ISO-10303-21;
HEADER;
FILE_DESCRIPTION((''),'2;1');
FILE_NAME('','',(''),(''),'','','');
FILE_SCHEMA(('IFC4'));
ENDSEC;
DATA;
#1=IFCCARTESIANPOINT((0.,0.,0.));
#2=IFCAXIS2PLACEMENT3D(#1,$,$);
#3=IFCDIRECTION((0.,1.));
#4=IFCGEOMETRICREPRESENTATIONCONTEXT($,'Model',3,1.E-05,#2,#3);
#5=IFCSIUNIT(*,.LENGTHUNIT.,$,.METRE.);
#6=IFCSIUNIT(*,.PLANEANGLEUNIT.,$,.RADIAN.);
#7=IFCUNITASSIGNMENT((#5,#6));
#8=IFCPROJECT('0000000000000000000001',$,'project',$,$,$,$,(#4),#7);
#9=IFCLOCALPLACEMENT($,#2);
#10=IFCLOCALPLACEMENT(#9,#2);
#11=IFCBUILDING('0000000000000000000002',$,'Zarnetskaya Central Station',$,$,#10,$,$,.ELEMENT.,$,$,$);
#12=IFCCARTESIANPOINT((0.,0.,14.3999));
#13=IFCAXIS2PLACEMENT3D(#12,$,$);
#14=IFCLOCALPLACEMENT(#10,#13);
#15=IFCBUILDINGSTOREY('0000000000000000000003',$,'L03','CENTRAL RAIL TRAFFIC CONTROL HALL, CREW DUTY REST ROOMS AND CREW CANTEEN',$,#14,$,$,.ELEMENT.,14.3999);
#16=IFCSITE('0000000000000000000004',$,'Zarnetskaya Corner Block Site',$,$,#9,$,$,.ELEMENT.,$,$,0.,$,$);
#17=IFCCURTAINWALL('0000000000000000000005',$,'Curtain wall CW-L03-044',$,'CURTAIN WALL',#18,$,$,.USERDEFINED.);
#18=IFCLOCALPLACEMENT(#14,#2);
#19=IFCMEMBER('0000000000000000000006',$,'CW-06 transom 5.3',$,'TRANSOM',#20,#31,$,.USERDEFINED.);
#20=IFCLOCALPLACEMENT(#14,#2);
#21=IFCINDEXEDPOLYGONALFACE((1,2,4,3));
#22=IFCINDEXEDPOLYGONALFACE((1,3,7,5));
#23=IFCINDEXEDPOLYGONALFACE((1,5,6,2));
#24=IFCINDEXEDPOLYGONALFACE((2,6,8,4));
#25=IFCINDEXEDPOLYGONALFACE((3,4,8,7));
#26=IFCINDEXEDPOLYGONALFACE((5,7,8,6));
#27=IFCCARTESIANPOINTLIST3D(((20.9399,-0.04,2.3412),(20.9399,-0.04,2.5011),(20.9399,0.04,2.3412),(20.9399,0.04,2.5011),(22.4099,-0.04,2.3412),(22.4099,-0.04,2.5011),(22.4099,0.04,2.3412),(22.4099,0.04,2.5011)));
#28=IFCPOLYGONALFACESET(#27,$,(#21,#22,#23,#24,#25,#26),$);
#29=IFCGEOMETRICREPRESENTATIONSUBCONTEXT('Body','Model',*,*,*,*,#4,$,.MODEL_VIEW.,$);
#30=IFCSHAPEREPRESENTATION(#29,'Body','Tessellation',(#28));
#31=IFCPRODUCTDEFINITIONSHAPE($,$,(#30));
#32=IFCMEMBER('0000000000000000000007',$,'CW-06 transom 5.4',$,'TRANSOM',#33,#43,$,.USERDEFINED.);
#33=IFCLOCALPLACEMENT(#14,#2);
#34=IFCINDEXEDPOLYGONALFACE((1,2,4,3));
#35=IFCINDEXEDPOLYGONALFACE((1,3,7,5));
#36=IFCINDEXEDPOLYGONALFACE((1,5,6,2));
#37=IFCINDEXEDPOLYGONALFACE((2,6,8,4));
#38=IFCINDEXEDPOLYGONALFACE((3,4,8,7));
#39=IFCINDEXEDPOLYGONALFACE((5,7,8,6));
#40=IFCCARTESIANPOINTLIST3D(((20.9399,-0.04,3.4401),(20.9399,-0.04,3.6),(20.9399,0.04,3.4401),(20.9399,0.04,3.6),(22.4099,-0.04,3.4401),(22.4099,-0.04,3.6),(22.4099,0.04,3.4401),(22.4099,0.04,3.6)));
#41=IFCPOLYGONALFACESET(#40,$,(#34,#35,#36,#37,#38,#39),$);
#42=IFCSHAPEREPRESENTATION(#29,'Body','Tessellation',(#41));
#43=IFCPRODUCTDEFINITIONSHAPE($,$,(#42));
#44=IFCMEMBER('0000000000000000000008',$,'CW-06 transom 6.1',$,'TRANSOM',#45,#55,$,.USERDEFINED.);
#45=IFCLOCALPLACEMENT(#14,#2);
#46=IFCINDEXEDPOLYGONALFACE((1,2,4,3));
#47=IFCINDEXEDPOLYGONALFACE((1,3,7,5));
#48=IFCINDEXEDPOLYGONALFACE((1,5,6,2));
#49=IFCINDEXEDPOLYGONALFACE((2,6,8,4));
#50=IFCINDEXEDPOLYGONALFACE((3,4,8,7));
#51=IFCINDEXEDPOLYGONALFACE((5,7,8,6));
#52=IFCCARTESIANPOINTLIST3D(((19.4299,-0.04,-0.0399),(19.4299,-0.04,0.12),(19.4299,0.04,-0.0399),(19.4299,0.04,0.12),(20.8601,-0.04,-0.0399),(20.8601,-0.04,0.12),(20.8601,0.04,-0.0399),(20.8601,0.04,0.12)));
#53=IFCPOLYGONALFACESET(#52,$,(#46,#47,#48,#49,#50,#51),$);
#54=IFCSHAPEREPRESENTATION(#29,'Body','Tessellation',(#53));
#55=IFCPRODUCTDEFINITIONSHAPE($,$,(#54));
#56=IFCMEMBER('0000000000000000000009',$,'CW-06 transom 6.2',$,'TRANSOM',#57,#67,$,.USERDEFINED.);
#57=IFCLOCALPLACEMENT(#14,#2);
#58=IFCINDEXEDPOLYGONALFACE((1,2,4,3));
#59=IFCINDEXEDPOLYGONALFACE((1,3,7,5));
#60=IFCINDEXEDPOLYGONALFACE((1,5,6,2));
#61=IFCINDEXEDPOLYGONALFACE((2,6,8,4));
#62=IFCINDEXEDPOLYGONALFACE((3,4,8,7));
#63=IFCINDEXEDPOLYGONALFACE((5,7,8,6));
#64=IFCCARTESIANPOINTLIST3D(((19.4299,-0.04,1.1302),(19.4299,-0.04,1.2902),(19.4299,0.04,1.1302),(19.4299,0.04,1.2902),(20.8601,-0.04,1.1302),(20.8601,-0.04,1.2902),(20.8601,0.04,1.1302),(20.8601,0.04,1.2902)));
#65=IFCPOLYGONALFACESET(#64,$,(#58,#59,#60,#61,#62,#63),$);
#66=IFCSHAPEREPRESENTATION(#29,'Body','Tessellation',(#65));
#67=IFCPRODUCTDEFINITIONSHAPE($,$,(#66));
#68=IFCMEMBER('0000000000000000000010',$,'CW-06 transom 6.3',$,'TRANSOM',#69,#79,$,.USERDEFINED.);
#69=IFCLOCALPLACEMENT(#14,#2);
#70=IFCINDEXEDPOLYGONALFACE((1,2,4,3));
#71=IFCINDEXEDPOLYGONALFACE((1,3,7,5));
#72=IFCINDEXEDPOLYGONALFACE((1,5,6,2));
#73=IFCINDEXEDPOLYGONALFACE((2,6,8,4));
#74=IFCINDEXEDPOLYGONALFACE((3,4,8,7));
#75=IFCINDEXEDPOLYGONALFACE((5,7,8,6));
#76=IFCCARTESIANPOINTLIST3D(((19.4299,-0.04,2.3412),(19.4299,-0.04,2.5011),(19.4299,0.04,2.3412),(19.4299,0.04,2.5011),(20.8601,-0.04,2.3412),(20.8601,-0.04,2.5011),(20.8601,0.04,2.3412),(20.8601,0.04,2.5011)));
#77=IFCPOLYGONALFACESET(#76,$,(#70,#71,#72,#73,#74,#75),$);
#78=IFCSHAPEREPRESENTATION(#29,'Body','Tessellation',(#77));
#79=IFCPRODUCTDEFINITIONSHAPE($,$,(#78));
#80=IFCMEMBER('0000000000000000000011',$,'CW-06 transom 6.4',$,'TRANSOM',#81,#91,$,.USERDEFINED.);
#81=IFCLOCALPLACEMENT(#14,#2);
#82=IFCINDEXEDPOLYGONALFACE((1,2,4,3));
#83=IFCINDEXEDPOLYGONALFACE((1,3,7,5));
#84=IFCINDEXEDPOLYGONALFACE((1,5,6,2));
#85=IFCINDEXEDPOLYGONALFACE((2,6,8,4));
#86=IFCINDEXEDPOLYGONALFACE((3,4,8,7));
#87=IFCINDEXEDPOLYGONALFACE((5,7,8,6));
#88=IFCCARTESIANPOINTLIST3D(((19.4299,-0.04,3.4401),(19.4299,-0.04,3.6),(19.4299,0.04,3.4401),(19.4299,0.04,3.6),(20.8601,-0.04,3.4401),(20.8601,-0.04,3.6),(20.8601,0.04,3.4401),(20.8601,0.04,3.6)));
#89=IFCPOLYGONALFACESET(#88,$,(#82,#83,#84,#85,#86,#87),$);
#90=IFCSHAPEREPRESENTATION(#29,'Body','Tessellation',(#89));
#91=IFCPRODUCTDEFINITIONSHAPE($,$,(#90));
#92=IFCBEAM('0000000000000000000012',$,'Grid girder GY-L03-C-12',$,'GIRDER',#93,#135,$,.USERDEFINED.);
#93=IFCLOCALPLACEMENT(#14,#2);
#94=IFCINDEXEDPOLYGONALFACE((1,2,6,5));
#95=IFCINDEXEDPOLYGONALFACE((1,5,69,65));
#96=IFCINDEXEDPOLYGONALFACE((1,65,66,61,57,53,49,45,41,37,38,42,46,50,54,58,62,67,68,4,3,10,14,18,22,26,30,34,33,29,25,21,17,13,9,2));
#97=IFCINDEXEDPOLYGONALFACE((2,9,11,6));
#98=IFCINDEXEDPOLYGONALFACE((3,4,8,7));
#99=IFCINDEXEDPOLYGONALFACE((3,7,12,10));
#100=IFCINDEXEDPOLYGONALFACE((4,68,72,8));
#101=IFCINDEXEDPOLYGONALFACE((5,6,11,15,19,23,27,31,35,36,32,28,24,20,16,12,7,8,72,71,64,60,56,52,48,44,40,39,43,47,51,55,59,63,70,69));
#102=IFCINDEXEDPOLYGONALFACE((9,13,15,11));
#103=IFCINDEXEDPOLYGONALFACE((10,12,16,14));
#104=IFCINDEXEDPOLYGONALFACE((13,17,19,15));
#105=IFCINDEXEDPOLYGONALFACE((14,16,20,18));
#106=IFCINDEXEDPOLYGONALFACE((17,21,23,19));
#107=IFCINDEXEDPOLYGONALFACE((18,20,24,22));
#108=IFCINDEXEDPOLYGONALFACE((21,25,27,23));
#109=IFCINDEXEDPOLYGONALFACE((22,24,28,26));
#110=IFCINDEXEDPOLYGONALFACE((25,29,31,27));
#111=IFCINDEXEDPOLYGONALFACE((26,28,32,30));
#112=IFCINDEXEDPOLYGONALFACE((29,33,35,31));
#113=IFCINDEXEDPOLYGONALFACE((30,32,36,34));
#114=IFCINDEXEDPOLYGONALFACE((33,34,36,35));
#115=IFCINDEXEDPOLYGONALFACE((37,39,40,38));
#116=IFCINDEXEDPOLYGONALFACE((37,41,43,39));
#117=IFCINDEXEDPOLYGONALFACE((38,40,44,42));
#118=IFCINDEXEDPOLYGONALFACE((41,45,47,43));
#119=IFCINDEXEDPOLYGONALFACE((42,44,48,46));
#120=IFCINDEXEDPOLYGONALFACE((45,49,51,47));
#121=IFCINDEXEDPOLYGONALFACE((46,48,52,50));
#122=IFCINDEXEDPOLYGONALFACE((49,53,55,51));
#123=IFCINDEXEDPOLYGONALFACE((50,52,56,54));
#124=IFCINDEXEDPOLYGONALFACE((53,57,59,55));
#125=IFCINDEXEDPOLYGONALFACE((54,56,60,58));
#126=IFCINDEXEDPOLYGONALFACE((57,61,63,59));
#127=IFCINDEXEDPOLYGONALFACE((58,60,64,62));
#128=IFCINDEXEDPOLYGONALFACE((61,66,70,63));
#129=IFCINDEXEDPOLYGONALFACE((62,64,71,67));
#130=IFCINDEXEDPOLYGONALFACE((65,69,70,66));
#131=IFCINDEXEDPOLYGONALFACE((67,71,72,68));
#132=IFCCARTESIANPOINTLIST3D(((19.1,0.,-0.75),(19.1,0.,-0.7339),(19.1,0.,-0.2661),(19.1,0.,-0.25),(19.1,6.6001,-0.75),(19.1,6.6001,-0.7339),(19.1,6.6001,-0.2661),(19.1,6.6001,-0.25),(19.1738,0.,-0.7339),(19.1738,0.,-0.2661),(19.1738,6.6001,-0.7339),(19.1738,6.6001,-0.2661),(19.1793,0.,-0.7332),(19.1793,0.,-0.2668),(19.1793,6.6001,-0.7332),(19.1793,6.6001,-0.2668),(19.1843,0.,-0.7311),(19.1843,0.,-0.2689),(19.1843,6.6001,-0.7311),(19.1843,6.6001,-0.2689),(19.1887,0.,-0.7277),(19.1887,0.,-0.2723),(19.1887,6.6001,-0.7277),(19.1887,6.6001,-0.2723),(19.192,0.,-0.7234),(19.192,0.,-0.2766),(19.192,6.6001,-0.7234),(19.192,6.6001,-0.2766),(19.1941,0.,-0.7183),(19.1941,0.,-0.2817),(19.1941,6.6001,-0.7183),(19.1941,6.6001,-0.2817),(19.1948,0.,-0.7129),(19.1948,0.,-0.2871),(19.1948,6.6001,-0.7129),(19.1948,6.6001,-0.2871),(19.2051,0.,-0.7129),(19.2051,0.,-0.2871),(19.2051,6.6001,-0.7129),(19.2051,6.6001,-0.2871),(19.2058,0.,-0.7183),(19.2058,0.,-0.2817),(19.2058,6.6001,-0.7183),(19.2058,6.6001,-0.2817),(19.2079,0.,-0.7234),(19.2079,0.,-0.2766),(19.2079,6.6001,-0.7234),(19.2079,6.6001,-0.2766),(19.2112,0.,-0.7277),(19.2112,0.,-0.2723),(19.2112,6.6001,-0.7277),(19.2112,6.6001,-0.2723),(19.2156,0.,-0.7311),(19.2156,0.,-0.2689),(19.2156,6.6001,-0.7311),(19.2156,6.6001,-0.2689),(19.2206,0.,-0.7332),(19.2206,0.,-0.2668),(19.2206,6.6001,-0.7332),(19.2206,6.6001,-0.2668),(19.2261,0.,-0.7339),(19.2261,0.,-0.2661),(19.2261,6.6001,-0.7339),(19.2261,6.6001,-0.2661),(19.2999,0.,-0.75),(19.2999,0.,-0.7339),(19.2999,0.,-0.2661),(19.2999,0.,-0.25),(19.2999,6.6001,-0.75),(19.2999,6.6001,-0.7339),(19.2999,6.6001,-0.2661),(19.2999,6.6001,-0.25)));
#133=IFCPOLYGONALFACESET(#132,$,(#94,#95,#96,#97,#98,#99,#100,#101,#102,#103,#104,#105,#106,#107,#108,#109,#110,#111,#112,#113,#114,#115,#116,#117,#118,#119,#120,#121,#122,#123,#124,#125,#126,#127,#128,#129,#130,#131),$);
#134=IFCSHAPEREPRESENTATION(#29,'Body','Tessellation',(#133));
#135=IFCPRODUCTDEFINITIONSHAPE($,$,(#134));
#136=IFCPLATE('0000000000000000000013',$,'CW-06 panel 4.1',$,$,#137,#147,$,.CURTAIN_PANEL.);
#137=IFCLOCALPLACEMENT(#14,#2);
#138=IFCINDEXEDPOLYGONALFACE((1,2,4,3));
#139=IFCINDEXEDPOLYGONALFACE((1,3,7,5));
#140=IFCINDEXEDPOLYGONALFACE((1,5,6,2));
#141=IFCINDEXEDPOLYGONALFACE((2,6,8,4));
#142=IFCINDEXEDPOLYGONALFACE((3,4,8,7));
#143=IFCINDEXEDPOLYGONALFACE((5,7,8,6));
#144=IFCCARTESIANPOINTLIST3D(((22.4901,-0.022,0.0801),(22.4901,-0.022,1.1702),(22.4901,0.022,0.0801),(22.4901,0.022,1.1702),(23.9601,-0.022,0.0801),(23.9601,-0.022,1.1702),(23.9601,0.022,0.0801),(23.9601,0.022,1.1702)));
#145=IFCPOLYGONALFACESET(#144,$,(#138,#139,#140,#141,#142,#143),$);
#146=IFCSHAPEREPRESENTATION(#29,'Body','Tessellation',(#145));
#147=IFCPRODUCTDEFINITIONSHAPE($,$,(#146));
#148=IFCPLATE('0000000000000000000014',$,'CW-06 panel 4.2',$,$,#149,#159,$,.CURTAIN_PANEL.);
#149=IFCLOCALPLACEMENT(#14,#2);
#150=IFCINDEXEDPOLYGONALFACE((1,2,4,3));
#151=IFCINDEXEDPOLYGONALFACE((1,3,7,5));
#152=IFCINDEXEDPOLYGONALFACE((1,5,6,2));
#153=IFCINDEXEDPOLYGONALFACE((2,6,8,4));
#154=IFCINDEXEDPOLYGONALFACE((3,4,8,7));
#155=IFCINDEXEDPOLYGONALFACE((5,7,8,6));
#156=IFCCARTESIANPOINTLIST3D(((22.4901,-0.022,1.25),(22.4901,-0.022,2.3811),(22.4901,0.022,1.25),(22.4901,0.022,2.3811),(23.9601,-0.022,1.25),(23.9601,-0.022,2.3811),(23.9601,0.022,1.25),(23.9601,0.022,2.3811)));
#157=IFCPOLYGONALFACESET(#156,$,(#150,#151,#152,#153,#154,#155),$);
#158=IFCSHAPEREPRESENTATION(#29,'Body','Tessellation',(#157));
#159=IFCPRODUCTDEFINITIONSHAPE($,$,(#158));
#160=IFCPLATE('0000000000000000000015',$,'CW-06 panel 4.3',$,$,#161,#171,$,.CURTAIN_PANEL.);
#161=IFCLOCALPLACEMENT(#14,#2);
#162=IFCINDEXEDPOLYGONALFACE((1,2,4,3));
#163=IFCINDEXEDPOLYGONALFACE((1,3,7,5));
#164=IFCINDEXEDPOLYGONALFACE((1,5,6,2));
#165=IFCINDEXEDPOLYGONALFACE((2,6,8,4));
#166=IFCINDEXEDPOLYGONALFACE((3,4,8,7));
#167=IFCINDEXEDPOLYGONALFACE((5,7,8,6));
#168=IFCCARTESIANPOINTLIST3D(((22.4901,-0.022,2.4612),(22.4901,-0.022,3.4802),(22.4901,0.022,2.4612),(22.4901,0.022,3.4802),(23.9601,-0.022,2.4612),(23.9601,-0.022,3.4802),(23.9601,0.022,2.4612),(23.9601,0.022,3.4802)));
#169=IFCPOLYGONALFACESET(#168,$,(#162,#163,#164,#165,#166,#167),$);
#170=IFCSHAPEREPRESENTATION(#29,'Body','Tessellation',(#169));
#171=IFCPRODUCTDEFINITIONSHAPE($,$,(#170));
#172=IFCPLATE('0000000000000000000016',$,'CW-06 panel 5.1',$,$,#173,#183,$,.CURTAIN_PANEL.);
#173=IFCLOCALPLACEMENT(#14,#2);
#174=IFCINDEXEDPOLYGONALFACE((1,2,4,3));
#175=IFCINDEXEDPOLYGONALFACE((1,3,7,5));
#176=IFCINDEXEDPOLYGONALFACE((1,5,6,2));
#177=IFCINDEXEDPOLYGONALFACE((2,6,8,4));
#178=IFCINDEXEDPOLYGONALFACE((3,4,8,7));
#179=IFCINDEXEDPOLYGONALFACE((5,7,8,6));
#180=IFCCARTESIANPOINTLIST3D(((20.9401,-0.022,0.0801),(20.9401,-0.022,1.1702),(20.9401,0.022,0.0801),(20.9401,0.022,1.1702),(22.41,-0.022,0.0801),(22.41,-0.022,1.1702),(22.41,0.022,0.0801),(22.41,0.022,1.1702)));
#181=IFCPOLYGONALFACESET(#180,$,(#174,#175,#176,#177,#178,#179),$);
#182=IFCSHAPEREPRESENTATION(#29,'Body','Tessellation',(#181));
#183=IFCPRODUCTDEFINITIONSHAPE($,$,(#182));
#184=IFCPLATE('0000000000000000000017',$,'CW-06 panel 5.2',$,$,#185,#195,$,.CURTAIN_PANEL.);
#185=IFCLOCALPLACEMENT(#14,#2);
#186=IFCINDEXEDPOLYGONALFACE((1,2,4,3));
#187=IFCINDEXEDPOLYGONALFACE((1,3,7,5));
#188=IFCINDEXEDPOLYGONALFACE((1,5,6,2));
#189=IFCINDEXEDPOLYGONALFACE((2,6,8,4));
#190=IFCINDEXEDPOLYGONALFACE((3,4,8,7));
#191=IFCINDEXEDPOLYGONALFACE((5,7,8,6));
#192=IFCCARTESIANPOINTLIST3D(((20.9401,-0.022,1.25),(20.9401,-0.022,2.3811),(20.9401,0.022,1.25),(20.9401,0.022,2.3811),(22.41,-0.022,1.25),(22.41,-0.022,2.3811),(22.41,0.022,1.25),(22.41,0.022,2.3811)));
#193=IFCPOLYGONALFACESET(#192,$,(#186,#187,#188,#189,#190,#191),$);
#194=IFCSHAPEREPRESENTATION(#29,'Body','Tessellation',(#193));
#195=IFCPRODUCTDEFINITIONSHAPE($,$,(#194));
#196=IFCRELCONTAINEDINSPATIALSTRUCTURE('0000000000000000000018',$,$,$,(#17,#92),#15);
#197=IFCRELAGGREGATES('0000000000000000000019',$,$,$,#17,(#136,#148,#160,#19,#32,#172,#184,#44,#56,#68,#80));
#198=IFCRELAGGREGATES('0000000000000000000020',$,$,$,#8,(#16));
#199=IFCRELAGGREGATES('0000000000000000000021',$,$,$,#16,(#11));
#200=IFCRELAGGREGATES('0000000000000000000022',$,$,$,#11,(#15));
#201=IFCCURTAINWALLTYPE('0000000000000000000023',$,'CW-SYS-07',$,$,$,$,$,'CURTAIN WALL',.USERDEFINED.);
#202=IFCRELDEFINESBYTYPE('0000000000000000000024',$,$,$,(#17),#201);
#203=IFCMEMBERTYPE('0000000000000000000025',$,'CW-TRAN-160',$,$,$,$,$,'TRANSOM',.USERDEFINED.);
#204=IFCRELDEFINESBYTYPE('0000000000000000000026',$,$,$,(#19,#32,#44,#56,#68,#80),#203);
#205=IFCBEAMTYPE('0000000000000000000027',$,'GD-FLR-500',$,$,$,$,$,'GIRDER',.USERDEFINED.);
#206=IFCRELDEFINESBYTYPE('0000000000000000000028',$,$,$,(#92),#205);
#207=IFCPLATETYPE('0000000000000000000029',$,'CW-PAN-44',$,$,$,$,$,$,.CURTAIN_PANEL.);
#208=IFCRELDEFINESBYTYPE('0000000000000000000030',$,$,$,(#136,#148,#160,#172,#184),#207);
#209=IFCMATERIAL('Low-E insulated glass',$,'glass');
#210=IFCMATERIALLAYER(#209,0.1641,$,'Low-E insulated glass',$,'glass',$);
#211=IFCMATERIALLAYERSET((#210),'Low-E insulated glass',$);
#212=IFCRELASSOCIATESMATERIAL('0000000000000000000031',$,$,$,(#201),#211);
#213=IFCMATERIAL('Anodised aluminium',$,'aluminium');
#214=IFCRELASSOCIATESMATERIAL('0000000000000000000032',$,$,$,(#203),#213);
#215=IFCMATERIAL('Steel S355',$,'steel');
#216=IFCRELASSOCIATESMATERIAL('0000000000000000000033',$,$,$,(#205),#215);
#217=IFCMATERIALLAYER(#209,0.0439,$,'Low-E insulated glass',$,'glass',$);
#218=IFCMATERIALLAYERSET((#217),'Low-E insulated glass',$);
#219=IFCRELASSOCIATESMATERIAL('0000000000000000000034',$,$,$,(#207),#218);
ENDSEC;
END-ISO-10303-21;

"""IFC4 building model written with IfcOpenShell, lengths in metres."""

from ifc_helpers import new_model, si_unit, direction, frame, origin, origin_2d, place, context, subcontext, project, spatial, rectangle, i_section, extrude, material, layer, layer_set, material_profile, profile_set, type_object, element, aggregate, save


model = new_model("IFC4")

# Units and contexts
model_context = context("Model", 3, precision=1e-05, world=origin(), true_north=direction((0.0, 1.0)))
body_context = subcontext(model_context, "Body", "Model", "MODEL_VIEW")
ifc_project = project(units=[si_unit("LENGTHUNIT", "METRE"), si_unit("PLANEANGLEUNIT", "RADIAN")], contexts=[model_context])

# Site, building, storey
site_placement = place(None, origin())
site = spatial("IfcSite", under=ifc_project, at=site_placement, Name="Zarnetskaya Corner Block Site", CompositionType="ELEMENT", RefElevation=0.0)
building_placement = place(site_placement, origin())
building = spatial("IfcBuilding", under=site, at=building_placement, Name="Zarnetskaya Central Station", CompositionType="ELEMENT")
storey_placement = place(building_placement, frame((0.0, 0.0, 14.3999)))
storey = spatial("IfcBuildingStorey", under=building, at=storey_placement, Name="L03", Description="CENTRAL RAIL TRAFFIC CONTROL HALL, CREW DUTY REST ROOMS AND CREW CANTEEN", CompositionType="ELEMENT", Elevation=14.3999)

# Shared definitions
ifc_material_1 = material(Name="Steel S355", Category="steel")

# Shared definitions
ifc_material_2 = material(Name="Low-E insulated glass", Category="glass")
ifc_material_3 = material(Name="Anodised aluminium", Category="aluminium")

# Curtain wall, members
ifc_layer_1 = layer(ifc_material_2, 0.1641, Name="Low-E insulated glass", Category="glass")
ifc_layer_set_1 = layer_set([ifc_layer_1], Name="Low-E insulated glass")
curtain_wall_type_1 = type_object("IfcCurtainWallType", Name="CW-SYS-07", ElementType="CURTAIN WALL", PredefinedType="USERDEFINED", material=ifc_layer_set_1)
curtain_wall_1_placement = place(storey_placement, origin())
curtain_wall_1 = element("IfcCurtainWall", 1, at=curtain_wall_1_placement, inside=storey, type_object=curtain_wall_type_1, Name="Curtain wall CW-L03-044", ObjectType="CURTAIN WALL", PredefinedType="USERDEFINED")
ifc_material_profile_1 = material_profile(ifc_material_3, rectangle(XDim=0.0801, YDim=0.1599, at=origin_2d()), Name="ALU TRAN 80x160")
ifc_profile_set_1 = profile_set([ifc_material_profile_1], Name="Anodised aluminium")
member_type_1 = type_object("IfcMemberType", Name="CW-TRAN-160", ElementType="TRANSOM", PredefinedType="USERDEFINED", material=ifc_profile_set_1)
member_1_placement = place(storey_placement, frame((22.4099, 0.0, 2.4211), z_axis=(-1.0, 0.0, 0.0), x_axis=(0.0, -1.0, 0.0)))
member_1 = element("IfcMember", 2, at=member_1_placement, type_object=member_type_1, Name="CW-06 transom 5.3", ObjectType="TRANSOM", PredefinedType="USERDEFINED", context=body_context, shape_type="SweptSolid", body=[
    extrude(rectangle(XDim=0.0801, YDim=0.1599, at=origin_2d()), origin(), (0.0, 0.0, 1.0), 1.47),
])
member_2_placement = place(storey_placement, frame((22.4099, 0.0, 3.52), z_axis=(-1.0, 0.0, 0.0), x_axis=(0.0, -1.0, 0.0)))
member_2 = element("IfcMember", 3, at=member_2_placement, type_object=member_type_1, Name="CW-06 transom 5.4", ObjectType="TRANSOM", PredefinedType="USERDEFINED", context=body_context, shape_type="SweptSolid", body=[
    extrude(rectangle(XDim=0.0801, YDim=0.1599, at=origin_2d()), origin(), (0.0, 0.0, 1.0), 1.47),
])
member_3_placement = place(storey_placement, frame((20.8601, 0.0, 0.04), z_axis=(-1.0, 0.0, 0.0), x_axis=(0.0, -1.0, 0.0)))
member_3 = element("IfcMember", 4, at=member_3_placement, type_object=member_type_1, Name="CW-06 transom 6.1", ObjectType="TRANSOM", PredefinedType="USERDEFINED", context=body_context, shape_type="SweptSolid", body=[
    extrude(rectangle(XDim=0.0801, YDim=0.1599, at=origin_2d()), origin(), (0.0, 0.0, 1.0), 1.4302),
])
member_4_placement = place(storey_placement, frame((20.8601, 0.0, 1.2102), z_axis=(-1.0, 0.0, 0.0), x_axis=(0.0, -1.0, 0.0)))
member_4 = element("IfcMember", 5, at=member_4_placement, type_object=member_type_1, Name="CW-06 transom 6.2", ObjectType="TRANSOM", PredefinedType="USERDEFINED", context=body_context, shape_type="SweptSolid", body=[
    extrude(rectangle(XDim=0.0801, YDim=0.1599, at=origin_2d()), origin(), (0.0, 0.0, 1.0), 1.4302),
])
member_5_placement = place(storey_placement, frame((20.8601, 0.0, 2.4211), z_axis=(-1.0, 0.0, 0.0), x_axis=(0.0, -1.0, 0.0)))
member_5 = element("IfcMember", 6, at=member_5_placement, type_object=member_type_1, Name="CW-06 transom 6.3", ObjectType="TRANSOM", PredefinedType="USERDEFINED", context=body_context, shape_type="SweptSolid", body=[
    extrude(rectangle(XDim=0.0801, YDim=0.1599, at=origin_2d()), origin(), (0.0, 0.0, 1.0), 1.4302),
])
member_6_placement = place(storey_placement, frame((20.8601, 0.0, 3.52), z_axis=(-1.0, 0.0, 0.0), x_axis=(0.0, -1.0, 0.0)))
member_6 = element("IfcMember", 7, at=member_6_placement, type_object=member_type_1, Name="CW-06 transom 6.4", ObjectType="TRANSOM", PredefinedType="USERDEFINED", context=body_context, shape_type="SweptSolid", body=[
    extrude(rectangle(XDim=0.0801, YDim=0.1599, at=origin_2d()), origin(), (0.0, 0.0, 1.0), 1.4302),
])

# Beam
ifc_material_profile_2 = material_profile(ifc_material_1, i_section(OverallWidth=0.2, OverallDepth=0.5, WebThickness=0.0103, FlangeThickness=0.0161, FilletRadius=0.021, at=origin_2d()), Name="IPE 500")
ifc_profile_set_2 = profile_set([ifc_material_profile_2], Name="Steel S355")
beam_type_1 = type_object("IfcBeamType", Name="GD-FLR-500", ElementType="GIRDER", PredefinedType="USERDEFINED", material=ifc_profile_set_2)
beam_1_placement = place(storey_placement, frame((19.2, 0.0, -0.5), z_axis=(0.0, 1.0, 0.0), x_axis=(-1.0, 0.0, 0.0)))
element("IfcBeam", 8, at=beam_1_placement, inside=storey, type_object=beam_type_1, Name="Grid girder GY-L03-C-12", ObjectType="GIRDER", PredefinedType="USERDEFINED", context=body_context, shape_type="SweptSolid", body=[
    extrude(i_section(OverallWidth=0.2, OverallDepth=0.5, WebThickness=0.0103, FlangeThickness=0.0161, FilletRadius=0.021, at=origin_2d()), origin(), (0.0, 0.0, 1.0), 6.6001),
])

# Plates
ifc_layer_2 = layer(ifc_material_2, 0.0439, Name="Low-E insulated glass", Category="glass")
ifc_layer_set_2 = layer_set([ifc_layer_2], Name="Low-E insulated glass")
plate_type = type_object("IfcPlateType", Name="CW-PAN-44", PredefinedType="CURTAIN_PANEL", material=ifc_layer_set_2)
plate_1_placement = place(storey_placement, frame((23.2251, 0.0, 0.0801), z_axis=(0.0, 0.0, 1.0), x_axis=(-1.0, 0.0, 0.0)))
plate_1 = element("IfcPlate", 9, at=plate_1_placement, type_object=plate_type, Name="CW-06 panel 4.1", PredefinedType="CURTAIN_PANEL", context=body_context, shape_type="SweptSolid", body=[
    extrude(rectangle(XDim=1.47, YDim=0.0439, at=origin_2d()), origin(), (0.0, 0.0, 1.0), 1.0901),
])
plate_2_placement = place(storey_placement, frame((23.2251, 0.0, 1.25), z_axis=(0.0, 0.0, 1.0), x_axis=(-1.0, 0.0, 0.0)))
plate_2 = element("IfcPlate", 10, at=plate_2_placement, type_object=plate_type, Name="CW-06 panel 4.2", PredefinedType="CURTAIN_PANEL", context=body_context, shape_type="SweptSolid", body=[
    extrude(rectangle(XDim=1.47, YDim=0.0439, at=origin_2d()), origin(), (0.0, 0.0, 1.0), 1.1311),
])
plate_3_placement = place(storey_placement, frame((23.2251, 0.0, 2.4612), z_axis=(0.0, 0.0, 1.0), x_axis=(-1.0, 0.0, 0.0)))
plate_3 = element("IfcPlate", 11, at=plate_3_placement, type_object=plate_type, Name="CW-06 panel 4.3", PredefinedType="CURTAIN_PANEL", context=body_context, shape_type="SweptSolid", body=[
    extrude(rectangle(XDim=1.47, YDim=0.0439, at=origin_2d()), origin(), (0.0, 0.0, 1.0), 1.019),
])
plate_4_placement = place(storey_placement, frame((21.675, 0.0, 0.0801), z_axis=(0.0, 0.0, 1.0), x_axis=(-1.0, 0.0, 0.0)))
plate_4 = element("IfcPlate", 12, at=plate_4_placement, type_object=plate_type, Name="CW-06 panel 5.1", PredefinedType="CURTAIN_PANEL", context=body_context, shape_type="SweptSolid", body=[
    extrude(rectangle(XDim=1.47, YDim=0.0439, at=origin_2d()), origin(), (0.0, 0.0, 1.0), 1.0901),
])
plate_5_placement = place(storey_placement, frame((21.675, 0.0, 1.25), z_axis=(0.0, 0.0, 1.0), x_axis=(-1.0, 0.0, 0.0)))
plate_5 = element("IfcPlate", 13, at=plate_5_placement, type_object=plate_type, Name="CW-06 panel 5.2", PredefinedType="CURTAIN_PANEL", context=body_context, shape_type="SweptSolid", body=[
    extrude(rectangle(XDim=1.47, YDim=0.0439, at=origin_2d()), origin(), (0.0, 0.0, 1.0), 1.1311),
])
aggregate(curtain_wall_1, [plate_1, plate_2, plate_3, member_1, member_2, plate_4, plate_5, member_3, member_4, member_5, member_6])

save(model, "model.ifc")
